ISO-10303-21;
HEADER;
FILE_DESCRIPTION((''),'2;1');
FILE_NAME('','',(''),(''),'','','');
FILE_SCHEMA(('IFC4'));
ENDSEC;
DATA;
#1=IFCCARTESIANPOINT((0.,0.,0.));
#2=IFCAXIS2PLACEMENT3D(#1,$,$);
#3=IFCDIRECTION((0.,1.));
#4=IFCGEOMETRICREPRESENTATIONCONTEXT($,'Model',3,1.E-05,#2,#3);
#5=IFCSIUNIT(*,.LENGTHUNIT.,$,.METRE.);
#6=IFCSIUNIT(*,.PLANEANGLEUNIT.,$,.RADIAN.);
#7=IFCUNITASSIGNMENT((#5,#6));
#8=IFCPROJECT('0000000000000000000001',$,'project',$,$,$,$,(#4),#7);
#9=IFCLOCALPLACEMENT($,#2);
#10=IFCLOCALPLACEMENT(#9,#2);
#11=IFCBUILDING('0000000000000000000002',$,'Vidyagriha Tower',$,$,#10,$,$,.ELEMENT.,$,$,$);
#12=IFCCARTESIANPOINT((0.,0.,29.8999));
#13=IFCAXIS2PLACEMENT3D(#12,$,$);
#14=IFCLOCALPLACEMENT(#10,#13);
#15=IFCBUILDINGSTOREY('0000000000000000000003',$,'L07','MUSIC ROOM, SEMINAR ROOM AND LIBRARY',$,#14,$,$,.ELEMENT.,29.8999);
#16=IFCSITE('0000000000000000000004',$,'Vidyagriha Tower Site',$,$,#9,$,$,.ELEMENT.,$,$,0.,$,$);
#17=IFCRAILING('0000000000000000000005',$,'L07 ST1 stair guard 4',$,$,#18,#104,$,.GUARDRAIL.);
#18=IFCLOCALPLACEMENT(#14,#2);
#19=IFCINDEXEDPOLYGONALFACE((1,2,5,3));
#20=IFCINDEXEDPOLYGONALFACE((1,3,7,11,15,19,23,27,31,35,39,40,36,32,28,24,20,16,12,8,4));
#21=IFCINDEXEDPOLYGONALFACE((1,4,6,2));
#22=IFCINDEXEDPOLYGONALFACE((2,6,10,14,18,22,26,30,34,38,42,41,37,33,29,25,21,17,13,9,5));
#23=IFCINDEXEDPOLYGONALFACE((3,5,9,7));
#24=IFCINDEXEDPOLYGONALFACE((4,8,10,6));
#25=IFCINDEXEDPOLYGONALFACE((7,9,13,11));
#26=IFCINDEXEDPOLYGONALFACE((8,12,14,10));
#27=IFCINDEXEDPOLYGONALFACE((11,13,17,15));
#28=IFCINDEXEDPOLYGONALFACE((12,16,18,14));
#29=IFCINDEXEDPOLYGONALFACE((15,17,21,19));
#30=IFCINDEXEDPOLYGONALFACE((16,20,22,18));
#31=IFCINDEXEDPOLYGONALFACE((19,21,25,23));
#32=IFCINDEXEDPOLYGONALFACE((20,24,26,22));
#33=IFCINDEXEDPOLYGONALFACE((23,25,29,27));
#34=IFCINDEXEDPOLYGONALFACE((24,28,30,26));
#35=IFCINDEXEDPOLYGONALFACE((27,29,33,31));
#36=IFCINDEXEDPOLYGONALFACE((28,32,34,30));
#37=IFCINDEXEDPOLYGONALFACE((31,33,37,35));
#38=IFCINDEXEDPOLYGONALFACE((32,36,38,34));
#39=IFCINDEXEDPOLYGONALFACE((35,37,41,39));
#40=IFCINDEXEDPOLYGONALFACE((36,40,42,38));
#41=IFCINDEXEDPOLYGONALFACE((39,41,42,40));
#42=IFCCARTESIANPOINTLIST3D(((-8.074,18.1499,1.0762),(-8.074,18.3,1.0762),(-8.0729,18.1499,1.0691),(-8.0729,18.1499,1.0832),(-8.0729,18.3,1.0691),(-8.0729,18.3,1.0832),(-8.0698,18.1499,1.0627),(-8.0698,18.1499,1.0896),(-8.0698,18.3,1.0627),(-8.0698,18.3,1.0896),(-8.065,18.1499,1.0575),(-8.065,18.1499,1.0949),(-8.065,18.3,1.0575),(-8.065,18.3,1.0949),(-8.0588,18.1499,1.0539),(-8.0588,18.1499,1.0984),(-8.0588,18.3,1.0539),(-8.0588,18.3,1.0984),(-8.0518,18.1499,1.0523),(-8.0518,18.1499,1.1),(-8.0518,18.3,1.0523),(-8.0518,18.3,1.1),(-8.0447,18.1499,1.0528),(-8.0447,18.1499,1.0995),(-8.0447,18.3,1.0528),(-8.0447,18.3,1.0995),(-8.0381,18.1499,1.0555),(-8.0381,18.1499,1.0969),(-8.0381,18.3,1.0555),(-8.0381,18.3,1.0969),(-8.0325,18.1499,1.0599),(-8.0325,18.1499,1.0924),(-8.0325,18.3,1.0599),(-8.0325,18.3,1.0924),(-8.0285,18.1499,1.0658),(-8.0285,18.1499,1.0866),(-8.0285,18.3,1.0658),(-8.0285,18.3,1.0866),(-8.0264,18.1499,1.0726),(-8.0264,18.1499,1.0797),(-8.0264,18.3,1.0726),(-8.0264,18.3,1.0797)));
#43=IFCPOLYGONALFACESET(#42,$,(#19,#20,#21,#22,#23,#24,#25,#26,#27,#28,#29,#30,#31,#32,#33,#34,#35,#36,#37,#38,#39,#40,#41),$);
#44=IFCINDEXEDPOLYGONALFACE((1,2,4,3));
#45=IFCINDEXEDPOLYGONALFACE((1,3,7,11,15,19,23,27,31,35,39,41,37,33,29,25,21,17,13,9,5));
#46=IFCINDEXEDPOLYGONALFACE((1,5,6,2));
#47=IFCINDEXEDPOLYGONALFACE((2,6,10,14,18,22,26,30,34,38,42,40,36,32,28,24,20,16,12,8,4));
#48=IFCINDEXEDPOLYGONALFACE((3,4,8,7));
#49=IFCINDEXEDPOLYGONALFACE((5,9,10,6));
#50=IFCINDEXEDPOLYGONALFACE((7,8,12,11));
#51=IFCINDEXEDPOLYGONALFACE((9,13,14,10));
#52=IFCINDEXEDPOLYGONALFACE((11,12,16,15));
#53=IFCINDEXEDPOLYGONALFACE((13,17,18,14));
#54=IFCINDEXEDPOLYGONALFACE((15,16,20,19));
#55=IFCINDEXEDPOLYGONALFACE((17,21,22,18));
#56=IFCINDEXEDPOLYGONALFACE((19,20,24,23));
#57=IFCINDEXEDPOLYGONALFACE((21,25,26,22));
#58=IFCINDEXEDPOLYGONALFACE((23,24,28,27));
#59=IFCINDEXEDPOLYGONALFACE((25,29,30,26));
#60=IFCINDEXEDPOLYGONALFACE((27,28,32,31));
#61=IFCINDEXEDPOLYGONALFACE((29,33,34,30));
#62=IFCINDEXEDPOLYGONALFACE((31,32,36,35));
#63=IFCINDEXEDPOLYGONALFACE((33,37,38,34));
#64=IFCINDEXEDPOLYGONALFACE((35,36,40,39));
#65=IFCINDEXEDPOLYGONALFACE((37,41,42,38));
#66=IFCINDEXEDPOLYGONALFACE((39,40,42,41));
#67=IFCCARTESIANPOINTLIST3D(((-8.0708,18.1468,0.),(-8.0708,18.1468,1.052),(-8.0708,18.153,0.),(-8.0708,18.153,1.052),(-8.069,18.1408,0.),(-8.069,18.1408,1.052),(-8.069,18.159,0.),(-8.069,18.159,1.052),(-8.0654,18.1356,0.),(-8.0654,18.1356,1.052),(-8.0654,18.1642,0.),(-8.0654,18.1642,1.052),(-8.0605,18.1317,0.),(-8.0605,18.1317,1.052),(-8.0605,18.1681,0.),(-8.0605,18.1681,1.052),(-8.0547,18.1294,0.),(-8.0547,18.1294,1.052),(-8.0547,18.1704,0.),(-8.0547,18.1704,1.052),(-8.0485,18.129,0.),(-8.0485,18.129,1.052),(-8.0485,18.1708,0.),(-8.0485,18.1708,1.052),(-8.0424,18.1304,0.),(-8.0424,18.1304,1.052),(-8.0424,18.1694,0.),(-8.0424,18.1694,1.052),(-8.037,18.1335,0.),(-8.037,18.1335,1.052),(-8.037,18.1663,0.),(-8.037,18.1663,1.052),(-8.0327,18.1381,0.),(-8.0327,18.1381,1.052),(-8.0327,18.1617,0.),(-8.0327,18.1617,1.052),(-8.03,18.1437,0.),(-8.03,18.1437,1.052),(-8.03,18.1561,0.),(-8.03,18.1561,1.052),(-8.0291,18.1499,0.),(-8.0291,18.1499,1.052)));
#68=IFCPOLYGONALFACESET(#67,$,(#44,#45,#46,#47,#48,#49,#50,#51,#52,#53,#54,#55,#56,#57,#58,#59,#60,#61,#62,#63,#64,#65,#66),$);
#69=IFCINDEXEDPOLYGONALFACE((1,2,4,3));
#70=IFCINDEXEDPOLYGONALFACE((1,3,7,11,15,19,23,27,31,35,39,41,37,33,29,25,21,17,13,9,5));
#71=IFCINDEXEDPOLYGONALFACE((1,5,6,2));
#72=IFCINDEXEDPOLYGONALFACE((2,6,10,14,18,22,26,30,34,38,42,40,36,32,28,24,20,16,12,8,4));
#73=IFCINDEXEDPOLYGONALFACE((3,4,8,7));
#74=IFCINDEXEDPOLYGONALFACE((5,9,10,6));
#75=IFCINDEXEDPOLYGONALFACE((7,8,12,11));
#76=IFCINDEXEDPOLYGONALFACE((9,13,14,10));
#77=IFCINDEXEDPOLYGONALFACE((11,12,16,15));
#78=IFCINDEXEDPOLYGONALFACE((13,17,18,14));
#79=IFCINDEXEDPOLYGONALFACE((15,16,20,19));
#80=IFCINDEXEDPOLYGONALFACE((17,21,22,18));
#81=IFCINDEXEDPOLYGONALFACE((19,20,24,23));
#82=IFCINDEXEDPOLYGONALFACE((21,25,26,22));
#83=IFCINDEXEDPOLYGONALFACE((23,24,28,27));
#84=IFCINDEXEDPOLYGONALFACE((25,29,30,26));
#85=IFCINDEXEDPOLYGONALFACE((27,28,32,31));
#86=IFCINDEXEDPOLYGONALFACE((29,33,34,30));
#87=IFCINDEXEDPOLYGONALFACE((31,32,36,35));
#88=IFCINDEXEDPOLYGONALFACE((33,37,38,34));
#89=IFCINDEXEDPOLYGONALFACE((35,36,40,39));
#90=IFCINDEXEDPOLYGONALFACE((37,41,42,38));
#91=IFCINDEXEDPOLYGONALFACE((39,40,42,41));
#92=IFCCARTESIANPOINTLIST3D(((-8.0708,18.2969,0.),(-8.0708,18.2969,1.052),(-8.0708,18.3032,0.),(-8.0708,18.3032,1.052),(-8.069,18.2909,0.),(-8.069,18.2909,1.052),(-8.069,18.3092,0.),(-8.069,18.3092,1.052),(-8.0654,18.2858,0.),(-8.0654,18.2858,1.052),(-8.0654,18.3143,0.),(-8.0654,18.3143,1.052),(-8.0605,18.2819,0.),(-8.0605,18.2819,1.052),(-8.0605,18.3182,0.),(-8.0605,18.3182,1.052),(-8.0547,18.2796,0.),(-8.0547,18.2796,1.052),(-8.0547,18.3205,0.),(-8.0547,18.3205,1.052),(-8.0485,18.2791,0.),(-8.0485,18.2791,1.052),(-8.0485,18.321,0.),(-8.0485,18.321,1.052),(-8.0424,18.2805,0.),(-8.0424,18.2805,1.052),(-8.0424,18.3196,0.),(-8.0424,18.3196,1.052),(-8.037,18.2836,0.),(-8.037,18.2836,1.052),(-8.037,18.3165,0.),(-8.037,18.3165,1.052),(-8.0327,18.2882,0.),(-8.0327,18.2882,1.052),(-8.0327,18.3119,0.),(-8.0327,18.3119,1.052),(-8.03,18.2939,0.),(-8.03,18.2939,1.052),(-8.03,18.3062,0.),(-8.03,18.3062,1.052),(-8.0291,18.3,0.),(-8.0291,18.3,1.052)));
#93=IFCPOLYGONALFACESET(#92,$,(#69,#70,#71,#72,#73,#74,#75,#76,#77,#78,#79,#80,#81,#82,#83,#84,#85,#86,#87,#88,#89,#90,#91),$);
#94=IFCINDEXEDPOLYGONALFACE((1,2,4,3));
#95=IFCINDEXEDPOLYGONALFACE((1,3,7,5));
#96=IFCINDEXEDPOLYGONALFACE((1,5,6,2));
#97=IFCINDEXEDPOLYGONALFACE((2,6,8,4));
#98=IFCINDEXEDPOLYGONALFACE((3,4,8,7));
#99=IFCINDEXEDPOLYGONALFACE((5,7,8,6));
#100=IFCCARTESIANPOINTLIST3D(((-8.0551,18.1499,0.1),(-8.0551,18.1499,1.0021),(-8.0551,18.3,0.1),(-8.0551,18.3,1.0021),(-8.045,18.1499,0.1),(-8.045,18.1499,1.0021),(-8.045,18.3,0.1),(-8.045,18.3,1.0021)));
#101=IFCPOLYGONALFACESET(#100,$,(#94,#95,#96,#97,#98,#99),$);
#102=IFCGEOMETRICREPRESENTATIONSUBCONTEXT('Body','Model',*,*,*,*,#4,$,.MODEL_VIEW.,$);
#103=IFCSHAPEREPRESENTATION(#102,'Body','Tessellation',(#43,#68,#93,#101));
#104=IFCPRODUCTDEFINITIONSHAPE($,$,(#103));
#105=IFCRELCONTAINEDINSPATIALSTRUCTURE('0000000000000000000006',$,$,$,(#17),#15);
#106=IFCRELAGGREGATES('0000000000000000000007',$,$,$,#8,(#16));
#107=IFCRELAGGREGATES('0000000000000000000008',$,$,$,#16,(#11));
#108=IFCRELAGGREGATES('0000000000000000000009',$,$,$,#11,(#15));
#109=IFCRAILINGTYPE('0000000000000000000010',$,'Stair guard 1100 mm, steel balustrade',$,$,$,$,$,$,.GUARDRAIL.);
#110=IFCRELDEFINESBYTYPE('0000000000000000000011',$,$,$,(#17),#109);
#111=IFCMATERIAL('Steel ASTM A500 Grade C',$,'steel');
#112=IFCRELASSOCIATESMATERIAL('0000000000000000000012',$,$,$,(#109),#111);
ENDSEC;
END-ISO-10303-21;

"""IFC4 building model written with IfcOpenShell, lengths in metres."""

from ifc_helpers import new_model, si_unit, direction, frame, origin, origin_2d, place, context, subcontext, project, spatial, rectangle, circle, extrude, material, type_object, element, save


model = new_model("IFC4")

# Units and contexts
model_context = context("Model", 3, precision=1e-05, world=origin(), true_north=direction((0.0, 1.0)))
body_context = subcontext(model_context, "Body", "Model", "MODEL_VIEW")
ifc_project = project(units=[si_unit("LENGTHUNIT", "METRE"), si_unit("PLANEANGLEUNIT", "RADIAN")], contexts=[model_context])

# Site, building, storey
site_placement = place(None, origin())
site = spatial("IfcSite", under=ifc_project, at=site_placement, Name="Vidyagriha Tower Site", CompositionType="ELEMENT", RefElevation=0.0)
building_placement = place(site_placement, origin())
building = spatial("IfcBuilding", under=site, at=building_placement, Name="Vidyagriha Tower", CompositionType="ELEMENT")
storey_placement = place(building_placement, frame((0.0, 0.0, 29.8999)))
storey = spatial("IfcBuildingStorey", under=building, at=storey_placement, Name="L07", Description="MUSIC ROOM, SEMINAR ROOM AND LIBRARY", CompositionType="ELEMENT", Elevation=29.8999)

# Railing
ifc_material_1 = material(Name="Steel ASTM A500 Grade C", Category="steel")
railing_type_1 = type_object("IfcRailingType", Name="Stair guard 1100 mm, steel balustrade", PredefinedType="GUARDRAIL", material=ifc_material_1)
railing_1_placement = place(storey_placement, frame((-8.05, 18.1499, 0.0)))
element("IfcRailing", 1, at=railing_1_placement, inside=storey, type_object=railing_type_1, Name="L07 ST1 stair guard 4", PredefinedType="GUARDRAIL", context=body_context, shape_type="SweptSolid", body=[
    extrude(circle(Radius=0.0239, at=origin_2d()), frame((0.0, 0.0, 1.0762), z_axis=(0.0, 1.0, 0.0), x_axis=(-1.0, 0.0, 0.0)), (0.0, 0.0, 1.0), 0.1501),
    extrude(circle(Radius=0.021, at=origin_2d()), origin(), (0.0, 0.0, 1.0), 1.052),
    extrude(circle(Radius=0.021, at=origin_2d()), frame((0.0, 0.1501, 0.0)), (0.0, 0.0, 1.0), 1.052),
    extrude(rectangle(XDim=0.01, YDim=0.9021, at=origin_2d()), frame((0.0, 0.0, 0.551), z_axis=(0.0, 1.0, 0.0), x_axis=(-1.0, 0.0, 0.0)), (0.0, 0.0, 1.0), 0.1501),
])

save(model, "model.ifc")
